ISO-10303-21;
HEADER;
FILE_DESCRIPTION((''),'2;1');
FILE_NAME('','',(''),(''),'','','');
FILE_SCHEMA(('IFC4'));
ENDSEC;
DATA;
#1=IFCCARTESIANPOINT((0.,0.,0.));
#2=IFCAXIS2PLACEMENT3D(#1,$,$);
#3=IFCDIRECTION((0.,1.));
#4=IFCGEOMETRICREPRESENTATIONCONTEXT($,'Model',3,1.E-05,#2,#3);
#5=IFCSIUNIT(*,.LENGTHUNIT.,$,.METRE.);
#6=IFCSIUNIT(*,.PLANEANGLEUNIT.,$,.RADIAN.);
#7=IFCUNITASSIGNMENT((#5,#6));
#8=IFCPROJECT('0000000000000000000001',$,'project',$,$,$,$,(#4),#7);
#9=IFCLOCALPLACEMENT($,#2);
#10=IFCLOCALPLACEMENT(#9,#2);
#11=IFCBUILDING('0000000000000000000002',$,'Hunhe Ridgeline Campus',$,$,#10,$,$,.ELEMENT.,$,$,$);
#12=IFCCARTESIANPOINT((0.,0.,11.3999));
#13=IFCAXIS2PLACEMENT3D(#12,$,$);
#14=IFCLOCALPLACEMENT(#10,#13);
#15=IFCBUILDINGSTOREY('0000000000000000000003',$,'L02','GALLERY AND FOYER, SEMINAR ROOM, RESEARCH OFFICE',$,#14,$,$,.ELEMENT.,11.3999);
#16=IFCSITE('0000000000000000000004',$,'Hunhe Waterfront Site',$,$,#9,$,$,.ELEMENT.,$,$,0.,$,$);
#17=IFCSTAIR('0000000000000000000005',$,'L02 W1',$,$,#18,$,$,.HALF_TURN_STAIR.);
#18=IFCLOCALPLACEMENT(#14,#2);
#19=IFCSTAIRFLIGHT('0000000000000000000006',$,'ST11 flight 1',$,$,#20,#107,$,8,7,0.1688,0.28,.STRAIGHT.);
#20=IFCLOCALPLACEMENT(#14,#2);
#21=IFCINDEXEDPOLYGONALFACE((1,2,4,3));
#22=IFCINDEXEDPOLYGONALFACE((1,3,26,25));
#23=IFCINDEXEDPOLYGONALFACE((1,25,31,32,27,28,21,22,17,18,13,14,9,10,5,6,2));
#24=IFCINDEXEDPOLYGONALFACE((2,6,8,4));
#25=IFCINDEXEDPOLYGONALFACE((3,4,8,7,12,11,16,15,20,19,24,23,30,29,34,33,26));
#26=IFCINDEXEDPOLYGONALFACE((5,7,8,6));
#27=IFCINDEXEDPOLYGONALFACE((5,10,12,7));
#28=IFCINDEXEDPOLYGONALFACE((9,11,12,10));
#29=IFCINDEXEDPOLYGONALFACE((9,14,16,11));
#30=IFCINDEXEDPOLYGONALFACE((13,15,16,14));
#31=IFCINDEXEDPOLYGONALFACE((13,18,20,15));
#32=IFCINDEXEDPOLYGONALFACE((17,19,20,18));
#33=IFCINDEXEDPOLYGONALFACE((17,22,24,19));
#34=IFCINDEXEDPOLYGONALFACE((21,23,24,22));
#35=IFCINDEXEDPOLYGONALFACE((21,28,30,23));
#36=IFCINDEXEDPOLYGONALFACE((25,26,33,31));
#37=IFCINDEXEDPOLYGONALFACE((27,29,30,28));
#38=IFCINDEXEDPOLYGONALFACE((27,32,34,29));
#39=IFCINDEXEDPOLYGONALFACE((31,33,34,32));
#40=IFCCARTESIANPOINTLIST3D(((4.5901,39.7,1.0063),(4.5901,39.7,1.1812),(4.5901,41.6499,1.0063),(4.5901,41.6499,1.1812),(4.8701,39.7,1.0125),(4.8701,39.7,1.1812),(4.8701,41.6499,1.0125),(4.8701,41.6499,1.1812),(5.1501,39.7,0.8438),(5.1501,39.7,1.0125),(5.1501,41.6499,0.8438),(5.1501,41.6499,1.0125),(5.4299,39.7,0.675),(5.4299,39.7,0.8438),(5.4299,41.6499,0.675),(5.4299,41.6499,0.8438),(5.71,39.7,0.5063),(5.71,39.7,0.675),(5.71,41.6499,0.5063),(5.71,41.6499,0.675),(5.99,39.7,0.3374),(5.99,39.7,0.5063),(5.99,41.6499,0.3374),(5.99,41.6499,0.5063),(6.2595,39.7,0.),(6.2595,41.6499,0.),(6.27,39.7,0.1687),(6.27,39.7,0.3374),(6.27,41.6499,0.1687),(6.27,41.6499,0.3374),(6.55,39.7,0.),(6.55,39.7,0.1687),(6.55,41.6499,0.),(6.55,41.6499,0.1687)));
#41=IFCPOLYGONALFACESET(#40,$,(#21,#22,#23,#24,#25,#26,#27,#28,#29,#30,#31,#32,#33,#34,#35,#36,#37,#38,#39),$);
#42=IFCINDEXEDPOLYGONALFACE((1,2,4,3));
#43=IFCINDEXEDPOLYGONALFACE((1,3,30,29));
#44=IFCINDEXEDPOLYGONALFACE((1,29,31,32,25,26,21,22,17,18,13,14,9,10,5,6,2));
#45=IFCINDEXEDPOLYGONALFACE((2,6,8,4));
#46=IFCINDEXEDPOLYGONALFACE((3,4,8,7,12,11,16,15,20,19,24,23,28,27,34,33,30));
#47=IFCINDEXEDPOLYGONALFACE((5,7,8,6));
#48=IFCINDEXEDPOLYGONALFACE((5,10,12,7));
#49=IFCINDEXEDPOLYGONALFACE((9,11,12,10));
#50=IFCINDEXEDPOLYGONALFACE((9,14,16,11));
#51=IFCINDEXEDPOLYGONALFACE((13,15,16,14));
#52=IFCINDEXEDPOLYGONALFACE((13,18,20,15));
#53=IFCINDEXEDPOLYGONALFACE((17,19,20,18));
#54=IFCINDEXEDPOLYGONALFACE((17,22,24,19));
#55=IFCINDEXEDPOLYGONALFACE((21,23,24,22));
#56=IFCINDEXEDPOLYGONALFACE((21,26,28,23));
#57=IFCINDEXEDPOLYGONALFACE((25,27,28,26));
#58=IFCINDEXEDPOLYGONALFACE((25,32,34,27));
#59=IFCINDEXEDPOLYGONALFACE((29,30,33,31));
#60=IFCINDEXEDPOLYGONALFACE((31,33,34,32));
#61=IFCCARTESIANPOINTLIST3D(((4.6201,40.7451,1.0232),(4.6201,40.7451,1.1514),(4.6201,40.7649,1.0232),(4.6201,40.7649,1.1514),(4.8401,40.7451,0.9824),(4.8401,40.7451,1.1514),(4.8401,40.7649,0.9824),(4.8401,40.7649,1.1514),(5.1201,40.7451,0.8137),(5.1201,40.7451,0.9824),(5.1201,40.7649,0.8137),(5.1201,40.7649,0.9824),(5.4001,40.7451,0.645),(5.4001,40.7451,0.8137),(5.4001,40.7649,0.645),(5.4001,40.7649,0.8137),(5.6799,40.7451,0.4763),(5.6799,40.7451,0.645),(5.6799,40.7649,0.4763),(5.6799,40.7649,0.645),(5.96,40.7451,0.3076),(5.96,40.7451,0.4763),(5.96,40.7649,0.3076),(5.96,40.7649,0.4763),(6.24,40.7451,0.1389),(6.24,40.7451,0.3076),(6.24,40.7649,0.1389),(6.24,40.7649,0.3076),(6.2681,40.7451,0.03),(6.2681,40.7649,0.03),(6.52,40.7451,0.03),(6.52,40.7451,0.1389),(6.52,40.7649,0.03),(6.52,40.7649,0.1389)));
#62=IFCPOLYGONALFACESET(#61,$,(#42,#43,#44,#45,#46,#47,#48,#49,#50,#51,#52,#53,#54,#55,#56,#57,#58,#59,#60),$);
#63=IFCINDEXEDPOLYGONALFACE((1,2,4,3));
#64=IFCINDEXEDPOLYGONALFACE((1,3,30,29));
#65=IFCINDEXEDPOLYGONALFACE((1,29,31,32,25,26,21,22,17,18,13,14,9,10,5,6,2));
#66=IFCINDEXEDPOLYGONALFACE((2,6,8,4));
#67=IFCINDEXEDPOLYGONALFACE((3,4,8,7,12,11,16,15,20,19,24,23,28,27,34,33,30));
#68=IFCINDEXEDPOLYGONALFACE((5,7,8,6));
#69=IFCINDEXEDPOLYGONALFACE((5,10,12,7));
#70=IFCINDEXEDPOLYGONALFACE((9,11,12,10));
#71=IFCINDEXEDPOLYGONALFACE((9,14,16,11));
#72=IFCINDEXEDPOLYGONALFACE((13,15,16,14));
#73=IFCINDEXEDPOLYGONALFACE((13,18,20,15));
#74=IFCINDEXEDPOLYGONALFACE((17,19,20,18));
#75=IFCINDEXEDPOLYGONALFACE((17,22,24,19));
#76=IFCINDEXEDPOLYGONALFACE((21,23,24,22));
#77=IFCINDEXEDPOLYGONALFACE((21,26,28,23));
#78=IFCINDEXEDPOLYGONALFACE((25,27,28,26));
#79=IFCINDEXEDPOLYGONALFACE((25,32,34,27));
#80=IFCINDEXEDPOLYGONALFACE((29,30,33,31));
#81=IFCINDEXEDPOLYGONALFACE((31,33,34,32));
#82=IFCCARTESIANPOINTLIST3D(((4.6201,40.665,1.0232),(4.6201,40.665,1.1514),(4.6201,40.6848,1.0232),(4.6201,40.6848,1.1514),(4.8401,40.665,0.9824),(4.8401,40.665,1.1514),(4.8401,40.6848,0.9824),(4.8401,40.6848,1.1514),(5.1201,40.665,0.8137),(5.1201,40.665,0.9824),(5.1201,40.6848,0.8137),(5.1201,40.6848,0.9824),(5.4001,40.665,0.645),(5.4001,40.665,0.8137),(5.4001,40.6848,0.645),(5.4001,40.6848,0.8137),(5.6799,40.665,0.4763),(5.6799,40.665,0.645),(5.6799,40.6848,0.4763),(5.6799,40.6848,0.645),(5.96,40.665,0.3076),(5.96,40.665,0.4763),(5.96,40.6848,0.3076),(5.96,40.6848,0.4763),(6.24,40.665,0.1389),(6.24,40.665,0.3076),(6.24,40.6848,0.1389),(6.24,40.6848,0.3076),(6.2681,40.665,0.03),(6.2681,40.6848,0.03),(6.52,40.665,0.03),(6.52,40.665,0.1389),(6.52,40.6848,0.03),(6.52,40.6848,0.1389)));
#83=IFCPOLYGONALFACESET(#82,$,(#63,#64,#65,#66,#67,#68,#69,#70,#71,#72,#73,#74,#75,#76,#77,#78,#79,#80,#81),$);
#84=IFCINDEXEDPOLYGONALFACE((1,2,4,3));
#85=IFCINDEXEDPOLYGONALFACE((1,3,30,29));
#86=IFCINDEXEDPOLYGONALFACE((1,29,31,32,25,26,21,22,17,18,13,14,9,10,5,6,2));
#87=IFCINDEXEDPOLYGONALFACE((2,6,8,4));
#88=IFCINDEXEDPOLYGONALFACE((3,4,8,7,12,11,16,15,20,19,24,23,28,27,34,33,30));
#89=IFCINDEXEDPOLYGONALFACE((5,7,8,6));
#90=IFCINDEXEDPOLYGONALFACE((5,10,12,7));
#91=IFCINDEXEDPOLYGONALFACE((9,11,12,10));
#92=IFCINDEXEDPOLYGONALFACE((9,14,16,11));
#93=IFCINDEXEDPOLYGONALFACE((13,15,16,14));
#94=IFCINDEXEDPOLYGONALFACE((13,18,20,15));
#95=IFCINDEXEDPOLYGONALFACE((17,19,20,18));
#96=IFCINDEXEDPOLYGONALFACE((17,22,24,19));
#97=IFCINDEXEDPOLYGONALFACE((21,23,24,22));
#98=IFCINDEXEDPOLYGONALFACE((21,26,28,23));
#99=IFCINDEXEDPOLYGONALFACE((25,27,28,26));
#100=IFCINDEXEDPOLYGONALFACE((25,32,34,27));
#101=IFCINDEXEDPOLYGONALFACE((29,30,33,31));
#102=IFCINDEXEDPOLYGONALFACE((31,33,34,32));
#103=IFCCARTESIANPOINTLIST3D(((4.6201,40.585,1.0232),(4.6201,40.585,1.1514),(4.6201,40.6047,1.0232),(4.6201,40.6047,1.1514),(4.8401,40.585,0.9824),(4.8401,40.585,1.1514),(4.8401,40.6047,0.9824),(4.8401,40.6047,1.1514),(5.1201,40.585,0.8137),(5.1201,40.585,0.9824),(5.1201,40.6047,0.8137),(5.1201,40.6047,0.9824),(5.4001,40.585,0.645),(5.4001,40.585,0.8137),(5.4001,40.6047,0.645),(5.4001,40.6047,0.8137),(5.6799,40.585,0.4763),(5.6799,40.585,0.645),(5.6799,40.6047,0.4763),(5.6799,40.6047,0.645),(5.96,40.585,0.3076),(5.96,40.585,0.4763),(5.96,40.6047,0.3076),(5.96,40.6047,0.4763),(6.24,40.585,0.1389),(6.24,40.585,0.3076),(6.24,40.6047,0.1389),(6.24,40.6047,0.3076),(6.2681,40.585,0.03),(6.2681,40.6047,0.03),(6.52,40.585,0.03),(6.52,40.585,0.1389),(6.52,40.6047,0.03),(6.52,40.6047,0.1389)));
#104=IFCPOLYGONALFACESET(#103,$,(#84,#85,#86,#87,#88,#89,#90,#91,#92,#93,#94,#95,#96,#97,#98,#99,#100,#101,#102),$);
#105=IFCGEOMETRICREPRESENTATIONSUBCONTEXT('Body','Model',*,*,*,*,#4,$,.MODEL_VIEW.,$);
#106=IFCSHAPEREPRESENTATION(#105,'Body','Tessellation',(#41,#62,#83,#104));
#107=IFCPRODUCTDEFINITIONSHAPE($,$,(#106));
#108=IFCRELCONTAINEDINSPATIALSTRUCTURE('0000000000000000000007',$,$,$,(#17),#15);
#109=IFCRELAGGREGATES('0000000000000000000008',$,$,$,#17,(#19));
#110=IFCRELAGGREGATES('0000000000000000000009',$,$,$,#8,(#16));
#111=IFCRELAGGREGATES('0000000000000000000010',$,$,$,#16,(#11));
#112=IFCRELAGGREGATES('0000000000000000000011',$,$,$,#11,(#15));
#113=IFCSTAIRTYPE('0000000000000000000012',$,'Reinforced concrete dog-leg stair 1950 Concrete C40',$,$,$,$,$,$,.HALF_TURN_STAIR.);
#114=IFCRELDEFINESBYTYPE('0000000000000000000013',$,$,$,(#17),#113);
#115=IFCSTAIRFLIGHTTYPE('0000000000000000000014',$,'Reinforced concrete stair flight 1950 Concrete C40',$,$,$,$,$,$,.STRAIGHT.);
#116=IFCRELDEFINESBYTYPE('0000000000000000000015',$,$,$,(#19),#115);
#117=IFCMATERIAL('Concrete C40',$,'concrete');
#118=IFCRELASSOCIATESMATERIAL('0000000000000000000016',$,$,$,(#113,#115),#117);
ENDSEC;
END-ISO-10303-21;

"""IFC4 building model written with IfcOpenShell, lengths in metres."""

from ifc_helpers import new_model, si_unit, direction, frame, origin, place, context, subcontext, project, spatial, polyline, outline, extrude, material, type_object, element, aggregate, save


model = new_model("IFC4")

# Units and contexts
model_context = context("Model", 3, precision=1e-05, world=origin(), true_north=direction((0.0, 1.0)))
body_context = subcontext(model_context, "Body", "Model", "MODEL_VIEW")
ifc_project = project(units=[si_unit("LENGTHUNIT", "METRE"), si_unit("PLANEANGLEUNIT", "RADIAN")], contexts=[model_context])

# Site, building, storey
site_placement = place(None, origin())
site = spatial("IfcSite", under=ifc_project, at=site_placement, Name="Hunhe Waterfront Site", CompositionType="ELEMENT", RefElevation=0.0)
building_placement = place(site_placement, origin())
building = spatial("IfcBuilding", under=site, at=building_placement, Name="Hunhe Ridgeline Campus", CompositionType="ELEMENT")
storey_placement = place(building_placement, frame((0.0, 0.0, 11.3999)))
storey = spatial("IfcBuildingStorey", under=building, at=storey_placement, Name="L02", Description="GALLERY AND FOYER, SEMINAR ROOM, RESEARCH OFFICE", CompositionType="ELEMENT", Elevation=11.3999)

# Stair, stair flight
ifc_material_1 = material(Name="Concrete C40", Category="concrete")
stair_type = type_object("IfcStairType", Name="Reinforced concrete dog-leg stair 1950 Concrete C40", PredefinedType="HALF_TURN_STAIR", material=ifc_material_1)
stair_flight_type = type_object("IfcStairFlightType", Name="Reinforced concrete stair flight 1950 Concrete C40", PredefinedType="STRAIGHT", material=ifc_material_1)
stair_1_placement = place(storey_placement, origin())
stair_1 = element("IfcStair", 1, at=stair_1_placement, inside=storey, type_object=stair_type, Name="L02 W1", PredefinedType="HALF_TURN_STAIR")
stair_flight_1_placement = place(storey_placement, frame((6.55, 40.675, 0.0), z_axis=(0.0, 0.0, 1.0), x_axis=(-1.0, 0.0, 0.0)))
stair_flight_1 = element("IfcStairFlight", 2, at=stair_flight_1_placement, type_object=stair_flight_type, Name="ST11 flight 1", NumberOfRisers=8, NumberOfTreads=7, PredefinedType="STRAIGHT", RiserHeight=0.1688, TreadLength=0.28, context=body_context, shape_type="SweptSolid", body=[
    extrude(outline(polyline([(0.0, 0.0), (0.0, 0.1687), (0.28, 0.1687), (0.28, 0.3374), (0.5601, 0.3374), (0.5601, 0.5063), (0.8401, 0.5063), (0.8401, 0.675), (1.1201, 0.675), (1.1201, 0.8438), (1.3999, 0.8438), (1.3999, 1.0125), (1.6799, 1.0125), (1.6799, 1.1812), (1.96, 1.1812), (1.96, 1.3501), (1.96, 1.0063), (0.2905, 0.0), (0.0, 0.0)])), frame((0.0, 0.9751, 0.0), z_axis=(0.0, -1.0, 0.0), x_axis=(1.0, 0.0, 0.0)), (0.0, 0.0, 1.0), 1.95),
    extrude(outline(polyline([(0.03, 0.03), (0.03, 0.1389), (0.3101, 0.1389), (0.3101, 0.3076), (0.5901, 0.3076), (0.5901, 0.4763), (0.8701, 0.4763), (0.8701, 0.645), (1.1499, 0.645), (1.1499, 0.8137), (1.4299, 0.8137), (1.4299, 0.9824), (1.71, 0.9824), (1.71, 1.1514), (1.9299, 1.1514), (1.9299, 1.0232), (0.282, 0.03), (0.03, 0.03)])), frame((0.0, -0.0701, 0.0), z_axis=(0.0, -1.0, 0.0), x_axis=(1.0, 0.0, 0.0)), (0.0, 0.0, 1.0), 0.0198),
    extrude(outline(polyline([(0.03, 0.03), (0.03, 0.1389), (0.3101, 0.1389), (0.3101, 0.3076), (0.5901, 0.3076), (0.5901, 0.4763), (0.8701, 0.4763), (0.8701, 0.645), (1.1499, 0.645), (1.1499, 0.8137), (1.4299, 0.8137), (1.4299, 0.9824), (1.71, 0.9824), (1.71, 1.1514), (1.9299, 1.1514), (1.9299, 1.0232), (0.282, 0.03), (0.03, 0.03)])), frame((0.0, 0.01, 0.0), z_axis=(0.0, -1.0, 0.0), x_axis=(1.0, 0.0, 0.0)), (0.0, 0.0, 1.0), 0.0198),
    extrude(outline(polyline([(0.03, 0.03), (0.03, 0.1389), (0.3101, 0.1389), (0.3101, 0.3076), (0.5901, 0.3076), (0.5901, 0.4763), (0.8701, 0.4763), (0.8701, 0.645), (1.1499, 0.645), (1.1499, 0.8137), (1.4299, 0.8137), (1.4299, 0.9824), (1.71, 0.9824), (1.71, 1.1514), (1.9299, 1.1514), (1.9299, 1.0232), (0.282, 0.03), (0.03, 0.03)])), frame((0.0, 0.0901, 0.0), z_axis=(0.0, -1.0, 0.0), x_axis=(1.0, 0.0, 0.0)), (0.0, 0.0, 1.0), 0.0198),
])
aggregate(stair_1, [stair_flight_1])

save(model, "model.ifc")
